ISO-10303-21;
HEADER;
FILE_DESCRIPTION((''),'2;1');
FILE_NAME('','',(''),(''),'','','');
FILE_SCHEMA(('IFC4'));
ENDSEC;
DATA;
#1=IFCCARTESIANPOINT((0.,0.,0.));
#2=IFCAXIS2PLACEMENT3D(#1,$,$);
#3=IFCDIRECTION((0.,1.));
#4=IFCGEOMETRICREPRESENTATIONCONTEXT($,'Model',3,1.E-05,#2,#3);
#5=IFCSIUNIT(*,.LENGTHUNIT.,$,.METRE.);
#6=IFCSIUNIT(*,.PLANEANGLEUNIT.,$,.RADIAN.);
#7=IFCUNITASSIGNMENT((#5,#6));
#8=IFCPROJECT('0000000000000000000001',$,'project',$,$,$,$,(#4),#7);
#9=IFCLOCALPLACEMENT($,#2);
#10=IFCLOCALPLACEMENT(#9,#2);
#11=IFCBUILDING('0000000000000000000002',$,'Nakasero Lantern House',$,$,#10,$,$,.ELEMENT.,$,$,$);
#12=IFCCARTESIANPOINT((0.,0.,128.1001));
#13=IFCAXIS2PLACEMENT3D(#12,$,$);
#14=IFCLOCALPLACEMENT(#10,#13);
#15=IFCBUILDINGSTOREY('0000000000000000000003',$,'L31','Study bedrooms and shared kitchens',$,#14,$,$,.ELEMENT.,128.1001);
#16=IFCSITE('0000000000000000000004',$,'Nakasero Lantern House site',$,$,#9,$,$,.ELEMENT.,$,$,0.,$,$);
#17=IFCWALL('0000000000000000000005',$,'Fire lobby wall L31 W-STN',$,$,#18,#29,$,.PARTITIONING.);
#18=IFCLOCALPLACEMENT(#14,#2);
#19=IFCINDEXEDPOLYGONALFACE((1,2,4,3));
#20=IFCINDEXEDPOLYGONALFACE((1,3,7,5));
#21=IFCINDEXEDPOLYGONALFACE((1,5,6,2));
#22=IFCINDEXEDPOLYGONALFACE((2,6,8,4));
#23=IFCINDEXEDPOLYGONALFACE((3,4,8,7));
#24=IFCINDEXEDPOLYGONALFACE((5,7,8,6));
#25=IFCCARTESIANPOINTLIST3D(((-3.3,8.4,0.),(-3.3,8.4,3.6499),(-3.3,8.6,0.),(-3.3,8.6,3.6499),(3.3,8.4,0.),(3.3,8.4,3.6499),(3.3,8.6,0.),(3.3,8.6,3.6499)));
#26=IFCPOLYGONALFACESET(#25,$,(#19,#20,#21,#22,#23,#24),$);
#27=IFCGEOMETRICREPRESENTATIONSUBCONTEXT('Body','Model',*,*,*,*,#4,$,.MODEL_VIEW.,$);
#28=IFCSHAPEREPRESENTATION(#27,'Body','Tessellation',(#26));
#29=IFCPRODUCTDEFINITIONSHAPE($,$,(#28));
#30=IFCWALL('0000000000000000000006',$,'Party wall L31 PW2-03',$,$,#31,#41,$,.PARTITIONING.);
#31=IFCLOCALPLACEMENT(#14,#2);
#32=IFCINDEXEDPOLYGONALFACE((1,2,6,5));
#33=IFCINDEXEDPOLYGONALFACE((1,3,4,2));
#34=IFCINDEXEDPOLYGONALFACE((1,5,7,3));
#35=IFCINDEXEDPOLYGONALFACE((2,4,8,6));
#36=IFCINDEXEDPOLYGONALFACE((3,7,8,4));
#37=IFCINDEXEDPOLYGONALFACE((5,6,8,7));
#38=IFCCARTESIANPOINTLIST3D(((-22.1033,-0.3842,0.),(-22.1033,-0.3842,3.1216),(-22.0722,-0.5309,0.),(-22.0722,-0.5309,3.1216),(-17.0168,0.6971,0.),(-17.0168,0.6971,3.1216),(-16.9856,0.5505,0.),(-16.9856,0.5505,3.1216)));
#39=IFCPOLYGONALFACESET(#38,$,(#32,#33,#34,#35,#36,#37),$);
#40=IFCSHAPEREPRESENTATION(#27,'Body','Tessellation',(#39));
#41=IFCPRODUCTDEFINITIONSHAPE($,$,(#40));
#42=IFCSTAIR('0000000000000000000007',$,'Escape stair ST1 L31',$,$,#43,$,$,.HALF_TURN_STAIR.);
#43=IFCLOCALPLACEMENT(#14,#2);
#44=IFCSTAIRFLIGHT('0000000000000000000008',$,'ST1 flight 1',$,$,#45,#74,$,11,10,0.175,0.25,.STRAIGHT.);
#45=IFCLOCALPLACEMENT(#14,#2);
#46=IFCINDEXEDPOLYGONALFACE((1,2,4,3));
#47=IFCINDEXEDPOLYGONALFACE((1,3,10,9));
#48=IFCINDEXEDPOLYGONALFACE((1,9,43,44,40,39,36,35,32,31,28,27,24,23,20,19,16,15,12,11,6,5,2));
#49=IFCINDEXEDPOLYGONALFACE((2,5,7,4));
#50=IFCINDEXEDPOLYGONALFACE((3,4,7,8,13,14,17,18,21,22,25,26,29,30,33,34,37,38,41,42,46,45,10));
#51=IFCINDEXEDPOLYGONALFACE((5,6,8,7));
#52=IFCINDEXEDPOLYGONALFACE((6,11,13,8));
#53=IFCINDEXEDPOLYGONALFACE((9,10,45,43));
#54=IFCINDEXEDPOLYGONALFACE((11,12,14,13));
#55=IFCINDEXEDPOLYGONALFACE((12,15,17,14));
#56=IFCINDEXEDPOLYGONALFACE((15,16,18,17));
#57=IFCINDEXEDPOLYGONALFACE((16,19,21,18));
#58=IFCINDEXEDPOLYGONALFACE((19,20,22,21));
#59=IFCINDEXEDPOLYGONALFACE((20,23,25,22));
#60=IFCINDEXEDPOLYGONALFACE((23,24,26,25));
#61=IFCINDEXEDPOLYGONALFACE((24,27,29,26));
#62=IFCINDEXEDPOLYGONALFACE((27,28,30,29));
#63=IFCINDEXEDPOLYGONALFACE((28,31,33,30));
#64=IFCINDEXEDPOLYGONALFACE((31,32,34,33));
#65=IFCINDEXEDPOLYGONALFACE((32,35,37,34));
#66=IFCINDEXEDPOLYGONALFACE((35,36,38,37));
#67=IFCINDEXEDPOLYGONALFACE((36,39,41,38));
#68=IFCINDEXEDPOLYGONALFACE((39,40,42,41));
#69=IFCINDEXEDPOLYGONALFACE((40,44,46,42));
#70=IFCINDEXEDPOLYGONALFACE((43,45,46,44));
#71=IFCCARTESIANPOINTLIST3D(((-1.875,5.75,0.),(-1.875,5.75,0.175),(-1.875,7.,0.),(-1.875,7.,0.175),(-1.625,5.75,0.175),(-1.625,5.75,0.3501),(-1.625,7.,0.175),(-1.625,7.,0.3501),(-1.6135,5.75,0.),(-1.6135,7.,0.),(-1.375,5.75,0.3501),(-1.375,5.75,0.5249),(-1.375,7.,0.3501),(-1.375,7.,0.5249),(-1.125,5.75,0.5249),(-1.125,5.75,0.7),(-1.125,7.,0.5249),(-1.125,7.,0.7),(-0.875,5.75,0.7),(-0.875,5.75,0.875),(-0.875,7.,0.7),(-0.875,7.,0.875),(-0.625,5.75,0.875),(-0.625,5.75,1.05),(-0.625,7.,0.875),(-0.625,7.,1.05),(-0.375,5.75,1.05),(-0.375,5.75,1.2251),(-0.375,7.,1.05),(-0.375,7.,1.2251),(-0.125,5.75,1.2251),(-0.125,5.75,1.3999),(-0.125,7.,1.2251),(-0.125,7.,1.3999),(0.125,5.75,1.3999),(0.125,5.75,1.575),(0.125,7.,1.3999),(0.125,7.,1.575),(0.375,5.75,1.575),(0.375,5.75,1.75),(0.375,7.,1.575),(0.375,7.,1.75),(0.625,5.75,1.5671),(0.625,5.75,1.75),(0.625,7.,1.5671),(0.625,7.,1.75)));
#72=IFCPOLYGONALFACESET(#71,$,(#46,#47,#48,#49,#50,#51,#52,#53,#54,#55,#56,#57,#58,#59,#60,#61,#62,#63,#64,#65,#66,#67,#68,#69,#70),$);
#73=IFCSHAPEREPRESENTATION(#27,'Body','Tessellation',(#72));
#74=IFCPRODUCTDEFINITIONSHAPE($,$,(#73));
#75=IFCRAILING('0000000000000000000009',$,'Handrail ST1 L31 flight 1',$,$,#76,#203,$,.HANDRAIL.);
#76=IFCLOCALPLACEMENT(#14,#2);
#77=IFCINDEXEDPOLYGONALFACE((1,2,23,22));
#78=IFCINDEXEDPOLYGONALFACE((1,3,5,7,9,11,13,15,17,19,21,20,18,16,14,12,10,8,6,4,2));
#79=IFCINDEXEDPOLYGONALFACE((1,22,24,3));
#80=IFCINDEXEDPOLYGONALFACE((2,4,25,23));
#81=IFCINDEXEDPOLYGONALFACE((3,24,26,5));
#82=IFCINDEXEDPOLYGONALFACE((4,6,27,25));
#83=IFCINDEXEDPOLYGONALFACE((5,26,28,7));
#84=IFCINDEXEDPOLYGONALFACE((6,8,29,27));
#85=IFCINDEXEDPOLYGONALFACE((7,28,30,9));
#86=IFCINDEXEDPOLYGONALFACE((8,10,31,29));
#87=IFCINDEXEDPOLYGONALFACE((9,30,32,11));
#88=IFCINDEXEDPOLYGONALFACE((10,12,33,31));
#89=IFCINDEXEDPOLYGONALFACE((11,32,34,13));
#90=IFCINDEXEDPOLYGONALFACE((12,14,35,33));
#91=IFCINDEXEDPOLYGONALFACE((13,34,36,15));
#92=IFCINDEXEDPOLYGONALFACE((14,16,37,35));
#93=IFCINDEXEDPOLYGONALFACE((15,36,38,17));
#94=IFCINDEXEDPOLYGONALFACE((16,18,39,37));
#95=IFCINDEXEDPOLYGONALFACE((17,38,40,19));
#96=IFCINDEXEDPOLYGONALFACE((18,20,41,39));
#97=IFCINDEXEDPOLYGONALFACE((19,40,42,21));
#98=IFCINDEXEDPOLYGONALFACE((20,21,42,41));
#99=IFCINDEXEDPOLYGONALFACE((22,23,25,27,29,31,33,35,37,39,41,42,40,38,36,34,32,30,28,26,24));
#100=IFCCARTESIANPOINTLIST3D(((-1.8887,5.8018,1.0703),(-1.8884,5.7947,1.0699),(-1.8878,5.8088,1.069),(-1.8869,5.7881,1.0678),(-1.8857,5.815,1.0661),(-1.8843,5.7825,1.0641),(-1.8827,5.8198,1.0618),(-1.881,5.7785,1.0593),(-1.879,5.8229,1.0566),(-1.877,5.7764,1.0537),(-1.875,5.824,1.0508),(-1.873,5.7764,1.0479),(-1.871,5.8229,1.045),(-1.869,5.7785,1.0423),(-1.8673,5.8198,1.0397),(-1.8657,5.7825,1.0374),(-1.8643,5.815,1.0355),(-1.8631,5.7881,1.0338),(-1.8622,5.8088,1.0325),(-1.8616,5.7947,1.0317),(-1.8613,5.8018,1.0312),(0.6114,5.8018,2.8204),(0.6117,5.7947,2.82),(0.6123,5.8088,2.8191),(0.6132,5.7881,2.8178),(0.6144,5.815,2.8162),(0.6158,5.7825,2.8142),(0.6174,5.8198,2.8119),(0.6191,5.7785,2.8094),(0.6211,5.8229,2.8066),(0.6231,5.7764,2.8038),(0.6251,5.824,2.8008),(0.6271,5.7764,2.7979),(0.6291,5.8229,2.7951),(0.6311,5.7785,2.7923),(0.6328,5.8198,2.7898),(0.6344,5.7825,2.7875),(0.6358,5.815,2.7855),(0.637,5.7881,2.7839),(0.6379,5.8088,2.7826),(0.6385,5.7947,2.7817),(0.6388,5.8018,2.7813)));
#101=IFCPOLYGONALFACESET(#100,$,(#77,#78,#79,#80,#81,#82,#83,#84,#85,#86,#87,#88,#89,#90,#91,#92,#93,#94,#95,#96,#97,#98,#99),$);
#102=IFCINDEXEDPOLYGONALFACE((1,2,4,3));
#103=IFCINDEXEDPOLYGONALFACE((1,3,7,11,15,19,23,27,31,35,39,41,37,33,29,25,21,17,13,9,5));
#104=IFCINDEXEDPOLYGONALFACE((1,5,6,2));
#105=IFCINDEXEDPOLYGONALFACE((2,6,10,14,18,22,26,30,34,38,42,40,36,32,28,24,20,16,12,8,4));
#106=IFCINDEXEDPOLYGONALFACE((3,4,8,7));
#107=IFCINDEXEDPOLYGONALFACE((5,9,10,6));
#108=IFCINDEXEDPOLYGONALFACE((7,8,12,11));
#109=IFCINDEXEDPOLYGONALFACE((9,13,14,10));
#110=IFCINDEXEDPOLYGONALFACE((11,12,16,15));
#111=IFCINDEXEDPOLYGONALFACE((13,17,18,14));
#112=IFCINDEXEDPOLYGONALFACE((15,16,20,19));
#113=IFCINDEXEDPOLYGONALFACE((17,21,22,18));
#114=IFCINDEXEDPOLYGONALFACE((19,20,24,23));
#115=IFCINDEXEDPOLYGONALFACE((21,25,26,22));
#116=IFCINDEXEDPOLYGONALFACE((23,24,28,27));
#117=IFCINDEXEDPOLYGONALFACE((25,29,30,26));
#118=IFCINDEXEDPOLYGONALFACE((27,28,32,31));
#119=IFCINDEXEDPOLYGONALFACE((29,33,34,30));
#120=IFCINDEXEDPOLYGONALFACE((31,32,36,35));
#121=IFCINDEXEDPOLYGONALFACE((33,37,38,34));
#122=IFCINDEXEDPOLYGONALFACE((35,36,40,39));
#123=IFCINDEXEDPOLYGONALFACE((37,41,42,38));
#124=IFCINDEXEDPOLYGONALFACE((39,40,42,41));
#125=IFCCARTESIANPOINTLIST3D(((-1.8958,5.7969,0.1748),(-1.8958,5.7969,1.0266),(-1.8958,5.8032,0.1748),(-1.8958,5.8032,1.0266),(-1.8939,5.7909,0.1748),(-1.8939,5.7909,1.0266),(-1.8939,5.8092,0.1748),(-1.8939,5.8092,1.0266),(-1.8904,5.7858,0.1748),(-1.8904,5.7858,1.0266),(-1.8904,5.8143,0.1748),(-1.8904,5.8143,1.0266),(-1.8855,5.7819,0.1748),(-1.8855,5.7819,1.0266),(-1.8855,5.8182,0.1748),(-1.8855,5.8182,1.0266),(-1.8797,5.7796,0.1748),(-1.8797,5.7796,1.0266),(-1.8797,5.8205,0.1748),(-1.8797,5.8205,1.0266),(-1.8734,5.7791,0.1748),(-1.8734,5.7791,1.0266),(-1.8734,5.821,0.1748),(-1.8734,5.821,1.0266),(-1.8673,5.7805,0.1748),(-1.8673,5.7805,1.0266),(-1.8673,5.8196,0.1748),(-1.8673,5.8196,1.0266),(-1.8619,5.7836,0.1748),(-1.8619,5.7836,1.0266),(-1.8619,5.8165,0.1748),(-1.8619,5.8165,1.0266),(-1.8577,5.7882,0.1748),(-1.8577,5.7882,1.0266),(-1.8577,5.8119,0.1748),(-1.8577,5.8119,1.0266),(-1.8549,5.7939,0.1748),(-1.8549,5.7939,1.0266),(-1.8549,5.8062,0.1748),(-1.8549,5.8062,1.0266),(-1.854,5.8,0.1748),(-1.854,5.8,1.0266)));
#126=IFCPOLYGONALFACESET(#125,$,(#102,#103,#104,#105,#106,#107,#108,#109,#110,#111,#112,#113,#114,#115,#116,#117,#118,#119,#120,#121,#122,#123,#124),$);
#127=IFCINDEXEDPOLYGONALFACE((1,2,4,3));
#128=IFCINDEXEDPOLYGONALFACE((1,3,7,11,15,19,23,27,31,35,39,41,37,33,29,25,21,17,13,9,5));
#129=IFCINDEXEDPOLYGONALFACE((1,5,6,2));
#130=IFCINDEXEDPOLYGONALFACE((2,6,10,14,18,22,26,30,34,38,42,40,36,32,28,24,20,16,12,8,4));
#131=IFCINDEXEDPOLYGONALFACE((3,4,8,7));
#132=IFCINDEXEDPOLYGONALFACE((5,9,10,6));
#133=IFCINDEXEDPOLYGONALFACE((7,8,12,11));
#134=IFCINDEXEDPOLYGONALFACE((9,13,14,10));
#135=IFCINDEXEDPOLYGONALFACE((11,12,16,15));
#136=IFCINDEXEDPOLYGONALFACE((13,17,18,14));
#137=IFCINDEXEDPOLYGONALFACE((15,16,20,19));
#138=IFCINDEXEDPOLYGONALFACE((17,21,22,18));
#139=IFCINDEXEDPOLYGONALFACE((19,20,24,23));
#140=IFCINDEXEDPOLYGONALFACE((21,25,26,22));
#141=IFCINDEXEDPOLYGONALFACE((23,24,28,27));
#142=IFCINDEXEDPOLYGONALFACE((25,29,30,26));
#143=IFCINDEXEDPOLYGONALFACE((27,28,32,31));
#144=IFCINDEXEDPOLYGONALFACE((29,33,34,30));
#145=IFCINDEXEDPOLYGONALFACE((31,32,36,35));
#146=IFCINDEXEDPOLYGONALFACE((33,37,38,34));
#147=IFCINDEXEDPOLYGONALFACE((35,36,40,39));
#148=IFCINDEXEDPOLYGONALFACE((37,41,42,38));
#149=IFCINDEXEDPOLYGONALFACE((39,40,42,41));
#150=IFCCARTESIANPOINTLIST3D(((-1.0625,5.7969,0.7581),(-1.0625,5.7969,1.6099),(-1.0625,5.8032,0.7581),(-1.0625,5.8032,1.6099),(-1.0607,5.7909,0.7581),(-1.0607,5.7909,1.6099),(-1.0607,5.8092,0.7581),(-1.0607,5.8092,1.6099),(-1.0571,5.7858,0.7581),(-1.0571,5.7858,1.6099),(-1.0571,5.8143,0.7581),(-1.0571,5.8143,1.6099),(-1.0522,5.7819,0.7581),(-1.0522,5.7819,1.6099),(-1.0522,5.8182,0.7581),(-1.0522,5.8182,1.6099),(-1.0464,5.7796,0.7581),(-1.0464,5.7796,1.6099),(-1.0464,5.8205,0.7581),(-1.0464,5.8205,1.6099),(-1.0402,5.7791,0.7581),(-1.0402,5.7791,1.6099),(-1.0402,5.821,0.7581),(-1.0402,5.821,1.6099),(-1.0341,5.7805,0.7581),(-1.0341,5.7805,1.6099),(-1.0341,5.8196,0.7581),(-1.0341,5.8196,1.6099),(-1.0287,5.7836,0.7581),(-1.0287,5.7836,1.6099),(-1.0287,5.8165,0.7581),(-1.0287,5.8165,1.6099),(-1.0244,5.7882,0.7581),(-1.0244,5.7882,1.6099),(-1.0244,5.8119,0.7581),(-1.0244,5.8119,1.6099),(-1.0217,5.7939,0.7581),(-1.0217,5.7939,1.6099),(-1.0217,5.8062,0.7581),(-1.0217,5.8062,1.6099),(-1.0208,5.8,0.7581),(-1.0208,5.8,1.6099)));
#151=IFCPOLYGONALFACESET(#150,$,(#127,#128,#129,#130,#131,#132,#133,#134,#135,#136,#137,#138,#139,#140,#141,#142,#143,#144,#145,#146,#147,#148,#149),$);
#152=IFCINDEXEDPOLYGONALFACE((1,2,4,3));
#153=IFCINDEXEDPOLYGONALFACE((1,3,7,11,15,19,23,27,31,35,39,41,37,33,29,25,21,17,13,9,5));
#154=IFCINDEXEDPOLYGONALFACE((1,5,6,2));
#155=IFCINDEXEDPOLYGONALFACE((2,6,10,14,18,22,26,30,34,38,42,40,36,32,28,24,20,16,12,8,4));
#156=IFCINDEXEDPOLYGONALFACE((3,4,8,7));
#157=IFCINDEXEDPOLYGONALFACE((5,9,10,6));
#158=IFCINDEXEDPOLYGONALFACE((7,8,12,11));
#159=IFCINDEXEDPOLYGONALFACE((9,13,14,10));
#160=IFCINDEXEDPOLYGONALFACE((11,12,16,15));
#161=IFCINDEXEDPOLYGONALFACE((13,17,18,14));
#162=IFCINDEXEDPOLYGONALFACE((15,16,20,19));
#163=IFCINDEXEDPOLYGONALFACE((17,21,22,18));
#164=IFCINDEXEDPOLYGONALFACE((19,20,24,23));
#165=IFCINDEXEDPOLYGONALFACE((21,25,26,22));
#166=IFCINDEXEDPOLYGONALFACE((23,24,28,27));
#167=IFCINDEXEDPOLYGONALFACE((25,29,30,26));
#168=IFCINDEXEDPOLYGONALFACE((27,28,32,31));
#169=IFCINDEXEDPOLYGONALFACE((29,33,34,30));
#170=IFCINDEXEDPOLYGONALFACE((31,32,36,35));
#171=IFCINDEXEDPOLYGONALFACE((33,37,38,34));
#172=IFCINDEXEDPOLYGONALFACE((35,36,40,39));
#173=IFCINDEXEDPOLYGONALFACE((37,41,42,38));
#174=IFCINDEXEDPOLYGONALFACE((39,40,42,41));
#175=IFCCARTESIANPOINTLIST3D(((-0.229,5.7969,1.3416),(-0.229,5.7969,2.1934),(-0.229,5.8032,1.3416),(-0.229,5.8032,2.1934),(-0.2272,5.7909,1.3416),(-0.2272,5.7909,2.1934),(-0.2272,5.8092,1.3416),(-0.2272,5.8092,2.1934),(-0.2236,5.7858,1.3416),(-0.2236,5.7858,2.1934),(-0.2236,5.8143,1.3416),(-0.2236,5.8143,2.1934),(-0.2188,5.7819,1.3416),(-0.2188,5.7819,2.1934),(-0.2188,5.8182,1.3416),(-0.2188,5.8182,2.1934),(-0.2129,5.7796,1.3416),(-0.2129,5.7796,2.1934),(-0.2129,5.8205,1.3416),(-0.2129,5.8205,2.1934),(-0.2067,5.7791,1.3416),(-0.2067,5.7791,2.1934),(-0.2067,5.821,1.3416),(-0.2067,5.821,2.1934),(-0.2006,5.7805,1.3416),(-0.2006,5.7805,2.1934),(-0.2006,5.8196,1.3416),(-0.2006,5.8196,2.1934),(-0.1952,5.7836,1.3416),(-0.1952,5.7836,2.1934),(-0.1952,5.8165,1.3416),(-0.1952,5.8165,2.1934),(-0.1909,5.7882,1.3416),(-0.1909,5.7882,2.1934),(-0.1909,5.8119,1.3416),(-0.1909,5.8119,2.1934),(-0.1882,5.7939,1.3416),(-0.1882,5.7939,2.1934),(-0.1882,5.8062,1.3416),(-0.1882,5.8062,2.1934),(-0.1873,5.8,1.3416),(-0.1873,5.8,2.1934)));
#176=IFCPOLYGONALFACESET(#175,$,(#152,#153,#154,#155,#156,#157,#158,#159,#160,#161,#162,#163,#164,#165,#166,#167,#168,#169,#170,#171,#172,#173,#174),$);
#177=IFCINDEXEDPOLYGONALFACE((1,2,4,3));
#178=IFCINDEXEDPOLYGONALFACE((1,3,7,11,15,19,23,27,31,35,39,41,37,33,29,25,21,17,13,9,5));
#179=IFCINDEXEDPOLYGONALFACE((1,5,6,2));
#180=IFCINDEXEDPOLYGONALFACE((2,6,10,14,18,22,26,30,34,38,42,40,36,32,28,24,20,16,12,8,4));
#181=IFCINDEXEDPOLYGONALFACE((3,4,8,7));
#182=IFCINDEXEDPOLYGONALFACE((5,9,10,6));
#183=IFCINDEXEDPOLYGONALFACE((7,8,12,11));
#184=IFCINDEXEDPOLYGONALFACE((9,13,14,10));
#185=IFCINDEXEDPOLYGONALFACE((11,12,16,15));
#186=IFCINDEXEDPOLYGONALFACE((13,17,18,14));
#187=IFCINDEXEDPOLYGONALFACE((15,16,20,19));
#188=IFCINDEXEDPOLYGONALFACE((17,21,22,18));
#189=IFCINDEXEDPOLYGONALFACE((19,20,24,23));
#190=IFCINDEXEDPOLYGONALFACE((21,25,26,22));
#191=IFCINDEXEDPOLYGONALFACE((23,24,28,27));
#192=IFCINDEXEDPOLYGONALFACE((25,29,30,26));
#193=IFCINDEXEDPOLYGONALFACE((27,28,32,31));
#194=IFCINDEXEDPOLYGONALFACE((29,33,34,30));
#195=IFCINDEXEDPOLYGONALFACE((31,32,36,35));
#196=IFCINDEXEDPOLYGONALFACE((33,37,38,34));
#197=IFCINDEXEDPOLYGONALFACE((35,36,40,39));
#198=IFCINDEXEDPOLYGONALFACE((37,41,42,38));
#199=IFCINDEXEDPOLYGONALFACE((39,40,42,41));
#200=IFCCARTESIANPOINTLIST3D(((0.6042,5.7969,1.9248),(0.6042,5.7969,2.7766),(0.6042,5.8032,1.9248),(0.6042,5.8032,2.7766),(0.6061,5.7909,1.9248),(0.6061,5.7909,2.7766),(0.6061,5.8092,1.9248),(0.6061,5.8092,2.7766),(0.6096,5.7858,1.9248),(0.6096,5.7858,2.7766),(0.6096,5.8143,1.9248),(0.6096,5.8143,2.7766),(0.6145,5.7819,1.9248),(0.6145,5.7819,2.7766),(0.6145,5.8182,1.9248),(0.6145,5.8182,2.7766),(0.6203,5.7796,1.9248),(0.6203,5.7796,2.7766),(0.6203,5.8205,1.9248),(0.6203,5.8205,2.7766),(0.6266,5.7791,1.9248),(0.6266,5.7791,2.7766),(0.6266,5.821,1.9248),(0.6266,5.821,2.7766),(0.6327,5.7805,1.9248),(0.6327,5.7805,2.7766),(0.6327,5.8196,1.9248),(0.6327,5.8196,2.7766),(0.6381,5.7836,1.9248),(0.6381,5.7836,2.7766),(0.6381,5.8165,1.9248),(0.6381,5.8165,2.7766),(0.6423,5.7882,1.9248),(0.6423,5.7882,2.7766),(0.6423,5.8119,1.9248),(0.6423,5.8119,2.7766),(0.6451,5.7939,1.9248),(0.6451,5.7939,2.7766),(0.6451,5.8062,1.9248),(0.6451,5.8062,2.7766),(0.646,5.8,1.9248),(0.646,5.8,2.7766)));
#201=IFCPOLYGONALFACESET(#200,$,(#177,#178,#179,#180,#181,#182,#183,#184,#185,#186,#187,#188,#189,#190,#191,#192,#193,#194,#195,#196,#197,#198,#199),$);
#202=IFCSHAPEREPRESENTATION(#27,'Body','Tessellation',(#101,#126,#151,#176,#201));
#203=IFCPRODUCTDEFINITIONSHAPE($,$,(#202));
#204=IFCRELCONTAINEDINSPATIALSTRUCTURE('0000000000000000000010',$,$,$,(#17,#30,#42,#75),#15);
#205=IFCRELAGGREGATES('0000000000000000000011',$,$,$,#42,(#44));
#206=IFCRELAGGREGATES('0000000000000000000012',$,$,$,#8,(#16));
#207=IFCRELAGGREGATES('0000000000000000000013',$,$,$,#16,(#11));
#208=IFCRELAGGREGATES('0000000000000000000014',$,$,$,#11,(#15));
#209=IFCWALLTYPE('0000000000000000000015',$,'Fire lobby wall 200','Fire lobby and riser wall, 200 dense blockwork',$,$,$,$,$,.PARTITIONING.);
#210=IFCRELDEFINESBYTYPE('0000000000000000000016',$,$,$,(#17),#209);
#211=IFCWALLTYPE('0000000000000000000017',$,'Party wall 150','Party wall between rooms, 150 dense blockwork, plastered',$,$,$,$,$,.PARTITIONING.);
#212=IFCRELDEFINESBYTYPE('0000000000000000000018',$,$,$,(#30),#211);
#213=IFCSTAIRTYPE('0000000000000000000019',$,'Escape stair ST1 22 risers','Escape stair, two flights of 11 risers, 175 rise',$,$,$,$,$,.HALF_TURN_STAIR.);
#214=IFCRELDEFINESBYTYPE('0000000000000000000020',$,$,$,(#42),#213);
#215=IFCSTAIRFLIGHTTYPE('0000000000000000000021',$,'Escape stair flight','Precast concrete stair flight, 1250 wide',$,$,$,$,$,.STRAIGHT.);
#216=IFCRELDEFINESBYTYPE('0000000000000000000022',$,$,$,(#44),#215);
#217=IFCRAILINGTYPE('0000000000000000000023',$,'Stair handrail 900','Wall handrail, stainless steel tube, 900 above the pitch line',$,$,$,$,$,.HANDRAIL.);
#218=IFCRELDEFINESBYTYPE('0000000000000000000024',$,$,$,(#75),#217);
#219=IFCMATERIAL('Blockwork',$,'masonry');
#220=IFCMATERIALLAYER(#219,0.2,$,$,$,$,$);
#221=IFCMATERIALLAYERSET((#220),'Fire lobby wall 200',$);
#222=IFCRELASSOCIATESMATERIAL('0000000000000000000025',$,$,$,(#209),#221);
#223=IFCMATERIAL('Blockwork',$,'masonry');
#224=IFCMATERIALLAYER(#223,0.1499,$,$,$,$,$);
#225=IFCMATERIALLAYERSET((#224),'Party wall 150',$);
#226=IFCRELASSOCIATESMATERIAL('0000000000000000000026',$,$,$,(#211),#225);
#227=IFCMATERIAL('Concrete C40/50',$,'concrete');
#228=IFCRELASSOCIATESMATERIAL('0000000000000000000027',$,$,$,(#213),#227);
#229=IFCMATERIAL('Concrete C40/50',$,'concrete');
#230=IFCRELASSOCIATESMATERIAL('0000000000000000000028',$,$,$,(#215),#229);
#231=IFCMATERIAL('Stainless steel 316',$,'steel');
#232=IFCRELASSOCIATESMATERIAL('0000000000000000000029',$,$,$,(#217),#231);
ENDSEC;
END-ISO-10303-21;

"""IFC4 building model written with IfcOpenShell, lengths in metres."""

from ifc_helpers import new_model, si_unit, direction, frame, frame_2d, origin, origin_2d, place, context, subcontext, project, spatial, polyline, rectangle, circle, outline, extrude, material, layer, layer_set, type_object, element, aggregate, save


model = new_model("IFC4")

# Units and contexts
model_context = context("Model", 3, precision=1e-05, world=origin(), true_north=direction((0.0, 1.0)))
body_context = subcontext(model_context, "Body", "Model", "MODEL_VIEW")
ifc_project = project(units=[si_unit("LENGTHUNIT", "METRE"), si_unit("PLANEANGLEUNIT", "RADIAN")], contexts=[model_context])

# Site, building, storey
site_placement = place(None, origin())
site = spatial("IfcSite", under=ifc_project, at=site_placement, Name="Nakasero Lantern House site", CompositionType="ELEMENT", RefElevation=0.0)
building_placement = place(site_placement, origin())
building = spatial("IfcBuilding", under=site, at=building_placement, Name="Nakasero Lantern House", CompositionType="ELEMENT")
storey_placement = place(building_placement, frame((0.0, 0.0, 128.1001)))
storey = spatial("IfcBuildingStorey", under=building, at=storey_placement, Name="L31", Description="Study bedrooms and shared kitchens", CompositionType="ELEMENT", Elevation=128.1001)

# Shared definitions
ifc_material_1 = material(Name="Blockwork", Category="masonry")
ifc_layer_1 = layer(ifc_material_1, 0.2)
ifc_layer_set_1 = layer_set([ifc_layer_1], Name="Fire lobby wall 200")
wall_type_1 = type_object("IfcWallType", Name="Fire lobby wall 200", Description="Fire lobby and riser wall, 200 dense blockwork", PredefinedType="PARTITIONING", material=ifc_layer_set_1)

# Walls
wall_1_placement = place(storey_placement, frame((-3.3, 8.5, 0.0), z_axis=(0.0, 0.0, 1.0), x_axis=(1.0, 0.0, 0.0)))
element("IfcWall", 1, at=wall_1_placement, inside=storey, type_object=wall_type_1, Name="Fire lobby wall L31 W-STN", PredefinedType="PARTITIONING", context=body_context, shape_type="SweptSolid", body=[
    extrude(rectangle(XDim=6.6001, YDim=0.2, at=frame_2d((3.3, 0.0))), origin(), (0.0, 0.0, 1.0), 3.6499),
])
ifc_material_2 = material(Name="Blockwork", Category="masonry")
ifc_layer_2 = layer(ifc_material_2, 0.1499)
ifc_layer_set_2 = layer_set([ifc_layer_2], Name="Party wall 150")
wall_type_2 = type_object("IfcWallType", Name="Party wall 150", Description="Party wall between rooms, 150 dense blockwork, plastered", PredefinedType="PARTITIONING", material=ifc_layer_set_2)
wall_2_placement = place(storey_placement, frame((-17.0012, 0.6238, 0.0), z_axis=(0.0, 0.0, 1.0), x_axis=(-0.978142, -0.207938, 0.0)))
element("IfcWall", 2, at=wall_2_placement, inside=storey, type_object=wall_type_2, Name="Party wall L31 PW2-03", PredefinedType="PARTITIONING", context=body_context, shape_type="SweptSolid", body=[
    extrude(rectangle(XDim=5.2002, YDim=0.1499, at=frame_2d((2.6001, 0.0))), origin(), (0.0, 0.0, 1.0), 3.1216),
])

# Stair, stair flight
ifc_material_3 = material(Name="Concrete C40/50", Category="concrete")
stair_type = type_object("IfcStairType", Name="Escape stair ST1 22 risers", Description="Escape stair, two flights of 11 risers, 175 rise", PredefinedType="HALF_TURN_STAIR", material=ifc_material_3)
stair_placement = place(storey_placement, origin())
stair = element("IfcStair", 3, at=stair_placement, inside=storey, type_object=stair_type, Name="Escape stair ST1 L31", PredefinedType="HALF_TURN_STAIR")
ifc_material_4 = material(Name="Concrete C40/50", Category="concrete")
stair_flight_type = type_object("IfcStairFlightType", Name="Escape stair flight", Description="Precast concrete stair flight, 1250 wide", PredefinedType="STRAIGHT", material=ifc_material_4)
stair_flight_placement = place(storey_placement, frame((-1.875, 6.375, 0.0), z_axis=(0.0, 0.0, 1.0), x_axis=(1.0, 0.0, 0.0)))
stair_flight = element("IfcStairFlight", 4, at=stair_flight_placement, type_object=stair_flight_type, Name="ST1 flight 1", NumberOfRisers=11, NumberOfTreads=10, PredefinedType="STRAIGHT", RiserHeight=0.175, TreadLength=0.25, context=body_context, shape_type="SweptSolid", body=[
    extrude(outline(polyline([(0.0, 0.0), (0.0, 0.175), (0.25, 0.175), (0.25, 0.3501), (0.5, 0.3501), (0.5, 0.5249), (0.75, 0.5249), (0.75, 0.7), (1.0, 0.7), (1.0, 0.875), (1.25, 0.875), (1.25, 1.05), (1.5, 1.05), (1.5, 1.2251), (1.75, 1.2251), (1.75, 1.3999), (2.0, 1.3999), (2.0, 1.575), (2.25, 1.575), (2.25, 1.75), (2.5, 1.75), (2.5, 1.925), (2.5, 1.5671), (0.2615, 0.0), (0.0, 0.0)])), frame((0.0, 0.625, 0.0), z_axis=(0.0, -1.0, 0.0), x_axis=(1.0, 0.0, 0.0)), (0.0, 0.0, 1.0), 1.25),
])
aggregate(stair, [stair_flight])

# Railing
ifc_material_5 = material(Name="Stainless steel 316", Category="steel")
railing_type = type_object("IfcRailingType", Name="Stair handrail 900", Description="Wall handrail, stainless steel tube, 900 above the pitch line", PredefinedType="HANDRAIL", material=ifc_material_5)
railing_placement = place(storey_placement, frame((-1.875, 5.8, 0.1748)))
element("IfcRailing", 5, at=railing_placement, inside=storey, type_object=railing_type, Name="Handrail ST1 L31 flight 1", PredefinedType="HANDRAIL", context=body_context, shape_type="SweptSolid", body=[
    extrude(circle(Radius=0.0239, at=origin_2d()), frame((0.0, 0.0, 0.876), z_axis=(0.819232, 0.0, 0.573462), x_axis=(0.0, 1.0, 0.0)), (0.0, 0.0, 1.0), 3.0518),
    extrude(circle(Radius=0.021, at=origin_2d()), origin(), (0.0, 0.0, 1.0), 0.8518),
    extrude(circle(Radius=0.021, at=origin_2d()), frame((0.8333, 0.0, 0.5833)), (0.0, 0.0, 1.0), 0.8518),
    extrude(circle(Radius=0.021, at=origin_2d()), frame((1.6667, 0.0, 1.1667)), (0.0, 0.0, 1.0), 0.8518),
    extrude(circle(Radius=0.021, at=origin_2d()), frame((2.5, 0.0, 1.75)), (0.0, 0.0, 1.0), 0.8518),
])

save(model, "model.ifc")
